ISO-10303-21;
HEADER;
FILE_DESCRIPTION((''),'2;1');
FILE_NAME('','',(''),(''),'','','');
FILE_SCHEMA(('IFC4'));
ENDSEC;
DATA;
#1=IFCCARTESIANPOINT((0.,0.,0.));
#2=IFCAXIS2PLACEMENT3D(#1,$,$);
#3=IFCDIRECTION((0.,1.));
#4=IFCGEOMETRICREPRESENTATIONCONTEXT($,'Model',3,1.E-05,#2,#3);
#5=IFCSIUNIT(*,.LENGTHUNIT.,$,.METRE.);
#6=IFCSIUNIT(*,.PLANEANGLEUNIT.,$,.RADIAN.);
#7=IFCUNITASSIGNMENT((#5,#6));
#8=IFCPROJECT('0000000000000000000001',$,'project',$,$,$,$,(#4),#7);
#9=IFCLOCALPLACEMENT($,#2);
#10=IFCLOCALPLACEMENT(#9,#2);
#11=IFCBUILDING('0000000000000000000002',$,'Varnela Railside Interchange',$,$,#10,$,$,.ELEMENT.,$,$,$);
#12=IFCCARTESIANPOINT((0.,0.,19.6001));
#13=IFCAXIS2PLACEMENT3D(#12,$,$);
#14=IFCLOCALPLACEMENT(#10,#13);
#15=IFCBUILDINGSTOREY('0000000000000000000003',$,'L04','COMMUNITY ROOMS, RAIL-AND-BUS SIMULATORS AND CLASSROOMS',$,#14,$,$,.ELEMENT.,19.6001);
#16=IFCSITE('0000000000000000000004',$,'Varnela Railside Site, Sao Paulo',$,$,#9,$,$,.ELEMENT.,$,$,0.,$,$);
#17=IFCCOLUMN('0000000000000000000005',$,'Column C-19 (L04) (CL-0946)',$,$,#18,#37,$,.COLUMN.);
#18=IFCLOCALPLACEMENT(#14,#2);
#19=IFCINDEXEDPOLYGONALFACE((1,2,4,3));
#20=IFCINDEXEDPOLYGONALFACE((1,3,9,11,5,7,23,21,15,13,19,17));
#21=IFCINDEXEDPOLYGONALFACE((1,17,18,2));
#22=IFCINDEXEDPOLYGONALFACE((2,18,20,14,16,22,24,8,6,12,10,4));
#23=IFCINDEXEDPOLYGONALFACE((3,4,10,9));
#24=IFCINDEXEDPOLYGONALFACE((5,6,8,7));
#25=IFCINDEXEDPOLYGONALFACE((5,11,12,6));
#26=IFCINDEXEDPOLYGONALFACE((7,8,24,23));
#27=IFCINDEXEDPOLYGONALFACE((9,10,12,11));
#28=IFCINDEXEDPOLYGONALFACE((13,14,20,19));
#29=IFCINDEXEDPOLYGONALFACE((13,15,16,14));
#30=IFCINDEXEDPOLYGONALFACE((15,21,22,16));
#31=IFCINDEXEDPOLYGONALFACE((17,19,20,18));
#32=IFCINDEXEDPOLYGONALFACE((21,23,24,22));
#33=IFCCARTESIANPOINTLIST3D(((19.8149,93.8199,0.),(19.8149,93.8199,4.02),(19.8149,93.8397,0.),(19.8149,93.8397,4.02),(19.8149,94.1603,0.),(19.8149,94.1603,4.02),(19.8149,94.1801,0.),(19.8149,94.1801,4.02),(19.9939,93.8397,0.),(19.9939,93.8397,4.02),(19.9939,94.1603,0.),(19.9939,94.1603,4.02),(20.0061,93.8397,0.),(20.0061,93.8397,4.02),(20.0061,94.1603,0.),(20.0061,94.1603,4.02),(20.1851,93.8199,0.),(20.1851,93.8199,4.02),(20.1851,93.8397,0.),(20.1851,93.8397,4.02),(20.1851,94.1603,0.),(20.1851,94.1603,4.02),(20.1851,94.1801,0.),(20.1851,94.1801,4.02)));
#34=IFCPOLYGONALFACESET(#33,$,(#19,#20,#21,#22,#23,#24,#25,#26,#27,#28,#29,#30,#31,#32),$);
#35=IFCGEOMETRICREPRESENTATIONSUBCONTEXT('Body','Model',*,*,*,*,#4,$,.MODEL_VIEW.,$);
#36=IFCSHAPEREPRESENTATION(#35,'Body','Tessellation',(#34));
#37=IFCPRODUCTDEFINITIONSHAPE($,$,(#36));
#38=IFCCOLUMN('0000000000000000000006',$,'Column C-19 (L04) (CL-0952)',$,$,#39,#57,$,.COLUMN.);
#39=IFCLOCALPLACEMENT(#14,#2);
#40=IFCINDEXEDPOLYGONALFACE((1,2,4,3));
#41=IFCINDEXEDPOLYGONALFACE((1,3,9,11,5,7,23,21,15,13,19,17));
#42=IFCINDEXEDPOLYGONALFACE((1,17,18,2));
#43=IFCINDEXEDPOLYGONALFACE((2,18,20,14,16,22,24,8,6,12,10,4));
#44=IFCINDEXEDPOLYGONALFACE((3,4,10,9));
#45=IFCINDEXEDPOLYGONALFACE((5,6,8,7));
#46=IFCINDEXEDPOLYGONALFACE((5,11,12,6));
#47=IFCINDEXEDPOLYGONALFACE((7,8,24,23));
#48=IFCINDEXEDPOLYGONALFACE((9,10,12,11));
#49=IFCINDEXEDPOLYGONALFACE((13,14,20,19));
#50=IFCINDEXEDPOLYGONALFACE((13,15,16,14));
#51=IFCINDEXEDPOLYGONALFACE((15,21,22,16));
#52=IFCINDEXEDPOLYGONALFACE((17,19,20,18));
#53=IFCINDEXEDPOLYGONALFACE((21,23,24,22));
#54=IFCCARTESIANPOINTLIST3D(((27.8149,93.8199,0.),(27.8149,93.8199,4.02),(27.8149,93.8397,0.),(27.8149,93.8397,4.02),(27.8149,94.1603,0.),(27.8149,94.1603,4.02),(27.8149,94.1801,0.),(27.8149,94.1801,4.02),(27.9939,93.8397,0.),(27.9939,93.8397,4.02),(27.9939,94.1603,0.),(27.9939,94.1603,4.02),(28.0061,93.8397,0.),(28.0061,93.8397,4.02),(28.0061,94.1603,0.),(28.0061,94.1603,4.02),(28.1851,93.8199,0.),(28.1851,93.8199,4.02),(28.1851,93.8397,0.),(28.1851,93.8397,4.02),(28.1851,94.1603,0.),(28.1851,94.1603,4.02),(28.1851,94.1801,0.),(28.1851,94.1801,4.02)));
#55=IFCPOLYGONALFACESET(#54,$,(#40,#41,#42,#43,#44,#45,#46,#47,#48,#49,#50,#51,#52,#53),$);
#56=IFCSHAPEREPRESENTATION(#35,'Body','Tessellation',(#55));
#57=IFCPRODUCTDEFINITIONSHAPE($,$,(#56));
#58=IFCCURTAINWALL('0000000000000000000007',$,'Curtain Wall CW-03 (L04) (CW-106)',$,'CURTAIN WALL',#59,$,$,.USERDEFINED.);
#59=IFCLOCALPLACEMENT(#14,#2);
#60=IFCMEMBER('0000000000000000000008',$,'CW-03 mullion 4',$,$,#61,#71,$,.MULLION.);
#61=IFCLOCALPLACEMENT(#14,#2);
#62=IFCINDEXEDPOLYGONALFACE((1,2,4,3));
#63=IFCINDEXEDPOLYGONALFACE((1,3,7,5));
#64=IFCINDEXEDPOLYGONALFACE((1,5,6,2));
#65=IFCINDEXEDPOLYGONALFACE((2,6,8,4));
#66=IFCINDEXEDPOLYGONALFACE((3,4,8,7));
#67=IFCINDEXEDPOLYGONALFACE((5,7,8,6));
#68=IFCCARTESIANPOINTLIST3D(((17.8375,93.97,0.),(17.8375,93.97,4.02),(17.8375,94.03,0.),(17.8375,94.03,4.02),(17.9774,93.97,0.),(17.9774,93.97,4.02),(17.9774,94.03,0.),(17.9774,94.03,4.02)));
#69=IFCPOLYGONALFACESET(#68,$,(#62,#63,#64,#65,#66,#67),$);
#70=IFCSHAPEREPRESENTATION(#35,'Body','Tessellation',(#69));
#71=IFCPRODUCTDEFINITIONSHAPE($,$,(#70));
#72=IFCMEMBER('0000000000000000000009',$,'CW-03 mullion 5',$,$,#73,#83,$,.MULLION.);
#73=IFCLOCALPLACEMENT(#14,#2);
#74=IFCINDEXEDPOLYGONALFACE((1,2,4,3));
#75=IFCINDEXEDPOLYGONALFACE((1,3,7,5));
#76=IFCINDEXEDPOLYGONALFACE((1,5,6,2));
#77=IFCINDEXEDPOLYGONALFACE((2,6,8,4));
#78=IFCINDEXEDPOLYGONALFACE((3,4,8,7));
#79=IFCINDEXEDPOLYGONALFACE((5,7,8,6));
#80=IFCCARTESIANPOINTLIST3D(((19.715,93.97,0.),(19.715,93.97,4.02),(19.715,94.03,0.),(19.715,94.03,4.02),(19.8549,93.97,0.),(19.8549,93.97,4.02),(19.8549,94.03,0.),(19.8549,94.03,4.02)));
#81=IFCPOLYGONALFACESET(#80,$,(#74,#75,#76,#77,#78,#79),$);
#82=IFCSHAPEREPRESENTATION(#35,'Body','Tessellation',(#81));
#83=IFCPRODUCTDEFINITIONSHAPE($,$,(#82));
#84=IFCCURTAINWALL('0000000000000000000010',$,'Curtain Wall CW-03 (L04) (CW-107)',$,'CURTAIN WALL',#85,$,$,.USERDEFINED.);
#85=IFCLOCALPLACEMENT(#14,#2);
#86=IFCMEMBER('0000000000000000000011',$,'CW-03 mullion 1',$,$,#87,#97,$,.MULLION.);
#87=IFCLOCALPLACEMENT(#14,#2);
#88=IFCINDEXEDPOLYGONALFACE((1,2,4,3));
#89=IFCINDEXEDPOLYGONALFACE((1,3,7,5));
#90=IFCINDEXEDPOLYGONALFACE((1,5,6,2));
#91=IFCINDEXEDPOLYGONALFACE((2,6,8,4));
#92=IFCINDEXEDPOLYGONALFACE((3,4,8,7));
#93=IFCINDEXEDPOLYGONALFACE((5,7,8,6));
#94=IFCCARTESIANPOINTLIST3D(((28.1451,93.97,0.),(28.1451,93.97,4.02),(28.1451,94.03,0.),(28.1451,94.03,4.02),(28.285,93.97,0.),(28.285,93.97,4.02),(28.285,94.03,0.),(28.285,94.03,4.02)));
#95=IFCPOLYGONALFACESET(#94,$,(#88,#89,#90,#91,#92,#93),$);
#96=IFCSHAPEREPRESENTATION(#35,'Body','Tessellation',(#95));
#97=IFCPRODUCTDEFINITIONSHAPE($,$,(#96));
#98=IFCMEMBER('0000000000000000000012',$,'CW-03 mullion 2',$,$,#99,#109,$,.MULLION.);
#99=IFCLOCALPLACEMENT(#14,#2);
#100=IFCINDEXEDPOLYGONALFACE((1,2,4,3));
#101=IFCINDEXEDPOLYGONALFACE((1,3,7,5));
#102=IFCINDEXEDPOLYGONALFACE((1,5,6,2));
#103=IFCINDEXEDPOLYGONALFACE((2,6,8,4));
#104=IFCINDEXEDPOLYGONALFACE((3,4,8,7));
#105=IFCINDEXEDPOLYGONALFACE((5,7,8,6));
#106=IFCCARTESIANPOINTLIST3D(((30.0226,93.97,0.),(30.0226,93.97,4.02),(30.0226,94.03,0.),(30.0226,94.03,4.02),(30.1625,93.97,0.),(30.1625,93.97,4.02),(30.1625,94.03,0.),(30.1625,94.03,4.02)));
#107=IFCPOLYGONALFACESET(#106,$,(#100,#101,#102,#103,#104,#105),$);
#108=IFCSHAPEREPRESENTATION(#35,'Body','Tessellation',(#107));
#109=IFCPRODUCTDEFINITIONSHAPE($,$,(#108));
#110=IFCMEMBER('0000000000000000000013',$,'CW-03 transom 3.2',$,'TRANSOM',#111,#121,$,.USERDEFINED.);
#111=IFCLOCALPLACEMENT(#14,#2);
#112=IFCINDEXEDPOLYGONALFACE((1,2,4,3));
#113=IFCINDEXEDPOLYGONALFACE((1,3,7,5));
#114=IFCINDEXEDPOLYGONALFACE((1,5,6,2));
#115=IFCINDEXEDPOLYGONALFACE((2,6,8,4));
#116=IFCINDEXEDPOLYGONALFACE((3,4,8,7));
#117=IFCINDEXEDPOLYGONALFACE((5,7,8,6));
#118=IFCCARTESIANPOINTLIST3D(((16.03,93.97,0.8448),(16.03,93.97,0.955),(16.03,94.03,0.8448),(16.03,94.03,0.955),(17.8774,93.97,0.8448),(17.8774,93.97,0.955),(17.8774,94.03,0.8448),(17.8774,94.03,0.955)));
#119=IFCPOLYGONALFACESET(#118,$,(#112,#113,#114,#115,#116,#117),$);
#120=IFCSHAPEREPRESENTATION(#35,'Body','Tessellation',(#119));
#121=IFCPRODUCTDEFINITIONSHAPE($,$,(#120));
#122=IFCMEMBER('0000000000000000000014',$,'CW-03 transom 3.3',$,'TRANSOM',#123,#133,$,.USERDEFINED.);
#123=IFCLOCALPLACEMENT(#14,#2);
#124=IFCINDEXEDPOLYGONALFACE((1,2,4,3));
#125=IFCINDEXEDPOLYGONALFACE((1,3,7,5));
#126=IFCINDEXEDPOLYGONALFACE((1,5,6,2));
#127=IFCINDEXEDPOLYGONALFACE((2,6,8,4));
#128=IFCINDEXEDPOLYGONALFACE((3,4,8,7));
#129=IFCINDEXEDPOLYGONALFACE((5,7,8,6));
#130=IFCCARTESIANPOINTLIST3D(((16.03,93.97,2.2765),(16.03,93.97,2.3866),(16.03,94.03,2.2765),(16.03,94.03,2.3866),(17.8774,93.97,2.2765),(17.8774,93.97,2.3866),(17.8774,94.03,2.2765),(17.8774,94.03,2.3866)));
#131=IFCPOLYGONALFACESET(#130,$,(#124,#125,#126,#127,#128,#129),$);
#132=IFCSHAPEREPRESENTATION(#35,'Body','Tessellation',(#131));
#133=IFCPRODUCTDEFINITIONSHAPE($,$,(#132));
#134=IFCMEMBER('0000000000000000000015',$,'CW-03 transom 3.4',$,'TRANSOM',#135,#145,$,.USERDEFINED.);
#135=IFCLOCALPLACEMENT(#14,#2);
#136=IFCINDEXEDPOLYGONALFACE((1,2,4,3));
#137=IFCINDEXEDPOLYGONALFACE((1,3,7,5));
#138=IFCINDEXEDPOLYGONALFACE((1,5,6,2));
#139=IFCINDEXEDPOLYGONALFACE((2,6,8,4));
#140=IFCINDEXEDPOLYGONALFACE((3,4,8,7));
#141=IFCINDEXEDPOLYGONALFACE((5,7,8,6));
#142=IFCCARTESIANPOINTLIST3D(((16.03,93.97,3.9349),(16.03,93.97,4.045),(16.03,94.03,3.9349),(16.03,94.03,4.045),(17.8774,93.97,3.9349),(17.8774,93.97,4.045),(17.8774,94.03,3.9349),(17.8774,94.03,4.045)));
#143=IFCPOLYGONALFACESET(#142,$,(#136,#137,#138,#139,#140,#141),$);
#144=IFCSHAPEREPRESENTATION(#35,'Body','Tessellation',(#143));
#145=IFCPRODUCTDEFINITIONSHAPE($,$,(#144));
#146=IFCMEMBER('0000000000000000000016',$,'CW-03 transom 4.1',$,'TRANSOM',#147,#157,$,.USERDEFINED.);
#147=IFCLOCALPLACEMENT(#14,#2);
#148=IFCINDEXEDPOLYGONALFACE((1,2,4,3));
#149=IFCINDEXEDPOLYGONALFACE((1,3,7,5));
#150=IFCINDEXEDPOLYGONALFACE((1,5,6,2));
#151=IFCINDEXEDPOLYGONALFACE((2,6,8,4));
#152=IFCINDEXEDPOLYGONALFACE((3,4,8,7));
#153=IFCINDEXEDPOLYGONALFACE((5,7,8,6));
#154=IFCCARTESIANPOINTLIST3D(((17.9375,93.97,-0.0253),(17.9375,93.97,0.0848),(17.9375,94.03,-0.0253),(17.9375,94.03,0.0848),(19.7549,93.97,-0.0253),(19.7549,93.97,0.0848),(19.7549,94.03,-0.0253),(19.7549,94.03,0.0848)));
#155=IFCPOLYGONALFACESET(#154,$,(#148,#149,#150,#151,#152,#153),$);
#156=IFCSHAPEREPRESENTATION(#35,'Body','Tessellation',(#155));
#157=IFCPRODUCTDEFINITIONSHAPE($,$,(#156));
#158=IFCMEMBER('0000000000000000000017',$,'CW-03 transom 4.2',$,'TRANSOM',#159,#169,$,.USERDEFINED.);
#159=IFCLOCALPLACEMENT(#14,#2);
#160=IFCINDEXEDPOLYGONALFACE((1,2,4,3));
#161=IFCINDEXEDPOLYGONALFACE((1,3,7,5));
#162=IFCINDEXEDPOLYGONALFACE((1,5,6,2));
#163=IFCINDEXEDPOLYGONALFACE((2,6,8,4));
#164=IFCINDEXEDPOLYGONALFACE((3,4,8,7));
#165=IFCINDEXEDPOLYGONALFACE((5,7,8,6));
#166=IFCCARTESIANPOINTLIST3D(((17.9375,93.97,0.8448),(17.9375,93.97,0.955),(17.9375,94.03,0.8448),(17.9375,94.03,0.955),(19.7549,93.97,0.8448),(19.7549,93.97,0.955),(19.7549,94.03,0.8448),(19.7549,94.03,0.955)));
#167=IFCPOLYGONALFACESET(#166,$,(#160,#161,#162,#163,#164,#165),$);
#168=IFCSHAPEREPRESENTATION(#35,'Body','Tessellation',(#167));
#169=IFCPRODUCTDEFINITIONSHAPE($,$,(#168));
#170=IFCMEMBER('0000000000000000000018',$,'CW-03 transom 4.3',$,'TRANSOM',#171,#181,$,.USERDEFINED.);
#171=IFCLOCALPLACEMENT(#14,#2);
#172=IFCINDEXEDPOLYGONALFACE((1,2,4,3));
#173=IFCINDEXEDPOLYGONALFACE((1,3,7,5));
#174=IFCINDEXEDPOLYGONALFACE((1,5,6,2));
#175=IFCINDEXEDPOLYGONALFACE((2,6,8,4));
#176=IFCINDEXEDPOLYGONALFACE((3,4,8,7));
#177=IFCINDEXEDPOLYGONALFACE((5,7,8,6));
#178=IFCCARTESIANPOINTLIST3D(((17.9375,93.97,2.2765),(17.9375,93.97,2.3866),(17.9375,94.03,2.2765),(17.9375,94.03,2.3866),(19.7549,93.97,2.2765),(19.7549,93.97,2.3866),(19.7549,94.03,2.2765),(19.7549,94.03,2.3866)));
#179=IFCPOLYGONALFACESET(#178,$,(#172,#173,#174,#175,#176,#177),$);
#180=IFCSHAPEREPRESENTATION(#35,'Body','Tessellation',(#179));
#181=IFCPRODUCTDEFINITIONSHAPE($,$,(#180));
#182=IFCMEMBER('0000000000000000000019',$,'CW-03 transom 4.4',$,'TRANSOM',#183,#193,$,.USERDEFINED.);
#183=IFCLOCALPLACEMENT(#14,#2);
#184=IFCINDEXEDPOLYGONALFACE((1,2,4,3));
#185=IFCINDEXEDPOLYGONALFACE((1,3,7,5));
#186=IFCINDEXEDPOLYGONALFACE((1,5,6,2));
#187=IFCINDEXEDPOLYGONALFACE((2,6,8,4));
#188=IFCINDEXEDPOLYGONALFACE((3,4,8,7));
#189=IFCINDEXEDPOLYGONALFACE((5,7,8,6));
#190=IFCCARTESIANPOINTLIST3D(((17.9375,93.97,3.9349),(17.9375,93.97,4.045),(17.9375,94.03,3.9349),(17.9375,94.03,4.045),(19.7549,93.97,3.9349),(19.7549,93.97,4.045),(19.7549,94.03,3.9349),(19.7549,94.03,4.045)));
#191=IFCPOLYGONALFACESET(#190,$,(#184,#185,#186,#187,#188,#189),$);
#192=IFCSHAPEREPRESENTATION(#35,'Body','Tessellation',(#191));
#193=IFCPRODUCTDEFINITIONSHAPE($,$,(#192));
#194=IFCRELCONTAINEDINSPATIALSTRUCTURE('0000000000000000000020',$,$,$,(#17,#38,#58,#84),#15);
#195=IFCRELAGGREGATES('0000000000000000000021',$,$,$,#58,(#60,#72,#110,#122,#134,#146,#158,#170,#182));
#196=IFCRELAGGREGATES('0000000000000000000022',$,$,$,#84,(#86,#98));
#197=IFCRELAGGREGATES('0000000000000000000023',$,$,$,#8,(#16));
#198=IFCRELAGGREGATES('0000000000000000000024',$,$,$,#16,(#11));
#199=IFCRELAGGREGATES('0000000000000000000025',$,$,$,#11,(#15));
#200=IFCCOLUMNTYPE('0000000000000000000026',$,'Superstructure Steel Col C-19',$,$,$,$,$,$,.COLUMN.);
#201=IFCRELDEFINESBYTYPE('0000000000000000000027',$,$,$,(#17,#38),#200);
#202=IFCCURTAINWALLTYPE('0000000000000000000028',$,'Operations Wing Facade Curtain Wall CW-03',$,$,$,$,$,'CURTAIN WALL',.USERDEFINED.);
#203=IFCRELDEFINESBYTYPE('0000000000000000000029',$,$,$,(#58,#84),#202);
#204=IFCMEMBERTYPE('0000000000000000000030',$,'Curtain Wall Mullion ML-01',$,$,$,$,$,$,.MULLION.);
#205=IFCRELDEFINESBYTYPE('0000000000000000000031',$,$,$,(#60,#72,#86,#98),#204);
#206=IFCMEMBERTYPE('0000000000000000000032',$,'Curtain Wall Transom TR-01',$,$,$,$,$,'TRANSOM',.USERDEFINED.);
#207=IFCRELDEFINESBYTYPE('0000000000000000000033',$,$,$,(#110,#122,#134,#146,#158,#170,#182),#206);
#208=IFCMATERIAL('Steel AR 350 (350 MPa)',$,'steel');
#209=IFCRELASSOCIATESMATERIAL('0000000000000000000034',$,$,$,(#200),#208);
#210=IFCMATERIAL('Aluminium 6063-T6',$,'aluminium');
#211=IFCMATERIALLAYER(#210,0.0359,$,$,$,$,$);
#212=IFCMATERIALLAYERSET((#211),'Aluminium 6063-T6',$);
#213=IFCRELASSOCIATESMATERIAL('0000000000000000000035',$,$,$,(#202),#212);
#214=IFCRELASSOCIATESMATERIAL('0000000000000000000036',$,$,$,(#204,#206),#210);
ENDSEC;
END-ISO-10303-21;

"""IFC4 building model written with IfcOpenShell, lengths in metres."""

from ifc_helpers import new_model, si_unit, direction, frame, origin, origin_2d, place, context, subcontext, project, spatial, rectangle, i_section, extrude, material, layer, layer_set, material_profile, profile_set, type_object, element, aggregate, save


model = new_model("IFC4")

# Units and contexts
model_context = context("Model", 3, precision=1e-05, world=origin(), true_north=direction((0.0, 1.0)))
body_context = subcontext(model_context, "Body", "Model", "MODEL_VIEW")
ifc_project = project(units=[si_unit("LENGTHUNIT", "METRE"), si_unit("PLANEANGLEUNIT", "RADIAN")], contexts=[model_context])

# Site, building, storey
site_placement = place(None, origin())
site = spatial("IfcSite", under=ifc_project, at=site_placement, Name="Varnela Railside Site, Sao Paulo", CompositionType="ELEMENT", RefElevation=0.0)
building_placement = place(site_placement, origin())
building = spatial("IfcBuilding", under=site, at=building_placement, Name="Varnela Railside Interchange", CompositionType="ELEMENT")
storey_placement = place(building_placement, frame((0.0, 0.0, 19.6001)))
storey = spatial("IfcBuildingStorey", under=building, at=storey_placement, Name="L04", Description="COMMUNITY ROOMS, RAIL-AND-BUS SIMULATORS AND CLASSROOMS", CompositionType="ELEMENT", Elevation=19.6001)

# Columns
ifc_material_1 = material(Name="Steel AR 350 (350 MPa)", Category="steel")
ifc_material_profile_1 = material_profile(ifc_material_1, i_section(OverallWidth=0.3701, OverallDepth=0.3601, WebThickness=0.0122, FlangeThickness=0.0198, at=origin_2d()), Name="W360x147")
ifc_profile_set_1 = profile_set([ifc_material_profile_1], Name="Steel AR 350 (350 MPa)")
column_type = type_object("IfcColumnType", Name="Superstructure Steel Col C-19", PredefinedType="COLUMN", material=ifc_profile_set_1)
for number, where, z_axis, x_axis, name in (
    (1, (20.0, 94.0, 0.0), (0.0, 0.0, 1.0), (1.0, 0.0, 0.0), "Column C-19 (L04) (CL-0946)"),
    (2, (28.0, 94.0, 0.0), (0.0, 0.0, 1.0), (1.0, 0.0, 0.0), "Column C-19 (L04) (CL-0952)"),
):
    element("IfcColumn", number, at=place(storey_placement, frame(where, z_axis=z_axis, x_axis=x_axis)), inside=storey, type_object=column_type, Name=name, PredefinedType="COLUMN", context=body_context, shape_type="SweptSolid", body=[
        extrude(i_section(OverallWidth=0.3701, OverallDepth=0.3601, WebThickness=0.0122, FlangeThickness=0.0198, at=origin_2d()), origin(), (0.0, 0.0, 1.0), 4.02),
    ])

# Curtain walls, members
ifc_material_2 = material(Name="Aluminium 6063-T6", Category="aluminium")
ifc_layer_1 = layer(ifc_material_2, 0.0359)
ifc_layer_set_1 = layer_set([ifc_layer_1], Name="Aluminium 6063-T6")
curtain_wall_type = type_object("IfcCurtainWallType", Name="Operations Wing Facade Curtain Wall CW-03", ElementType="CURTAIN WALL", PredefinedType="USERDEFINED", material=ifc_layer_set_1)
curtain_wall_1_placement = place(storey_placement, origin())
curtain_wall_1 = element("IfcCurtainWall", 3, at=curtain_wall_1_placement, inside=storey, type_object=curtain_wall_type, Name="Curtain Wall CW-03 (L04) (CW-106)", ObjectType="CURTAIN WALL", PredefinedType="USERDEFINED")
ifc_material_profile_2 = material_profile(ifc_material_2, rectangle(XDim=0.0601, YDim=0.1399, at=origin_2d()), Name="ALU 60x140")
ifc_profile_set_2 = profile_set([ifc_material_profile_2], Name="Aluminium 6063-T6")
member_type_1 = type_object("IfcMemberType", Name="Curtain Wall Mullion ML-01", PredefinedType="MULLION", material=ifc_profile_set_2)
member_1_placement = place(storey_placement, frame((17.9075, 94.0, 0.0), z_axis=(0.0, 0.0, 1.0), x_axis=(0.0, 1.0, 0.0)))
member_1 = element("IfcMember", 4, at=member_1_placement, type_object=member_type_1, Name="CW-03 mullion 4", PredefinedType="MULLION", context=body_context, shape_type="SweptSolid", body=[
    extrude(rectangle(XDim=0.0601, YDim=0.1399, at=origin_2d()), origin(), (0.0, 0.0, 1.0), 4.02),
])
member_2_placement = place(storey_placement, frame((19.7849, 94.0, 0.0), z_axis=(0.0, 0.0, 1.0), x_axis=(0.0, 1.0, 0.0)))
member_2 = element("IfcMember", 5, at=member_2_placement, type_object=member_type_1, Name="CW-03 mullion 5", PredefinedType="MULLION", context=body_context, shape_type="SweptSolid", body=[
    extrude(rectangle(XDim=0.0601, YDim=0.1399, at=origin_2d()), origin(), (0.0, 0.0, 1.0), 4.02),
])
curtain_wall_2_placement = place(storey_placement, origin())
curtain_wall_2 = element("IfcCurtainWall", 6, at=curtain_wall_2_placement, inside=storey, type_object=curtain_wall_type, Name="Curtain Wall CW-03 (L04) (CW-107)", ObjectType="CURTAIN WALL", PredefinedType="USERDEFINED")
member_3_placement = place(storey_placement, frame((28.2151, 94.0, 0.0), z_axis=(0.0, 0.0, 1.0), x_axis=(0.0, 1.0, 0.0)))
member_3 = element("IfcMember", 7, at=member_3_placement, type_object=member_type_1, Name="CW-03 mullion 1", PredefinedType="MULLION", context=body_context, shape_type="SweptSolid", body=[
    extrude(rectangle(XDim=0.0601, YDim=0.1399, at=origin_2d()), origin(), (0.0, 0.0, 1.0), 4.02),
])
member_4_placement = place(storey_placement, frame((30.0925, 94.0, 0.0), z_axis=(0.0, 0.0, 1.0), x_axis=(0.0, 1.0, 0.0)))
member_4 = element("IfcMember", 8, at=member_4_placement, type_object=member_type_1, Name="CW-03 mullion 2", PredefinedType="MULLION", context=body_context, shape_type="SweptSolid", body=[
    extrude(rectangle(XDim=0.0601, YDim=0.1399, at=origin_2d()), origin(), (0.0, 0.0, 1.0), 4.02),
])

# Members
ifc_material_profile_3 = material_profile(ifc_material_2, rectangle(XDim=0.0601, YDim=0.1101, at=origin_2d()), Name="ALU 60x110")
ifc_profile_set_3 = profile_set([ifc_material_profile_3], Name="Aluminium 6063-T6")
member_type_2 = type_object("IfcMemberType", Name="Curtain Wall Transom TR-01", ElementType="TRANSOM", PredefinedType="USERDEFINED", material=ifc_profile_set_3)
member_5_placement = place(storey_placement, frame((16.03, 94.0, 0.8999), z_axis=(1.0, 0.0, 0.0), x_axis=(0.0, 1.0, 0.0)))
member_5 = element("IfcMember", 9, at=member_5_placement, type_object=member_type_2, Name="CW-03 transom 3.2", ObjectType="TRANSOM", PredefinedType="USERDEFINED", context=body_context, shape_type="SweptSolid", body=[
    extrude(rectangle(XDim=0.0601, YDim=0.1101, at=origin_2d()), origin(), (0.0, 0.0, 1.0), 1.8474),
])
member_6_placement = place(storey_placement, frame((16.03, 94.0, 2.3315), z_axis=(1.0, 0.0, 0.0), x_axis=(0.0, 1.0, 0.0)))
member_6 = element("IfcMember", 10, at=member_6_placement, type_object=member_type_2, Name="CW-03 transom 3.3", ObjectType="TRANSOM", PredefinedType="USERDEFINED", context=body_context, shape_type="SweptSolid", body=[
    extrude(rectangle(XDim=0.0601, YDim=0.1101, at=origin_2d()), origin(), (0.0, 0.0, 1.0), 1.8474),
])
member_7_placement = place(storey_placement, frame((16.03, 94.0, 3.99), z_axis=(1.0, 0.0, 0.0), x_axis=(0.0, 1.0, 0.0)))
member_7 = element("IfcMember", 11, at=member_7_placement, type_object=member_type_2, Name="CW-03 transom 3.4", ObjectType="TRANSOM", PredefinedType="USERDEFINED", context=body_context, shape_type="SweptSolid", body=[
    extrude(rectangle(XDim=0.0601, YDim=0.1101, at=origin_2d()), origin(), (0.0, 0.0, 1.0), 1.8474),
])
member_8_placement = place(storey_placement, frame((17.9375, 94.0, 0.0298), z_axis=(1.0, 0.0, 0.0), x_axis=(0.0, 1.0, 0.0)))
member_8 = element("IfcMember", 12, at=member_8_placement, type_object=member_type_2, Name="CW-03 transom 4.1", ObjectType="TRANSOM", PredefinedType="USERDEFINED", context=body_context, shape_type="SweptSolid", body=[
    extrude(rectangle(XDim=0.0601, YDim=0.1101, at=origin_2d()), origin(), (0.0, 0.0, 1.0), 1.8174),
])
member_9_placement = place(storey_placement, frame((17.9375, 94.0, 0.8999), z_axis=(1.0, 0.0, 0.0), x_axis=(0.0, 1.0, 0.0)))
member_9 = element("IfcMember", 13, at=member_9_placement, type_object=member_type_2, Name="CW-03 transom 4.2", ObjectType="TRANSOM", PredefinedType="USERDEFINED", context=body_context, shape_type="SweptSolid", body=[
    extrude(rectangle(XDim=0.0601, YDim=0.1101, at=origin_2d()), origin(), (0.0, 0.0, 1.0), 1.8174),
])
member_10_placement = place(storey_placement, frame((17.9375, 94.0, 2.3315), z_axis=(1.0, 0.0, 0.0), x_axis=(0.0, 1.0, 0.0)))
member_10 = element("IfcMember", 14, at=member_10_placement, type_object=member_type_2, Name="CW-03 transom 4.3", ObjectType="TRANSOM", PredefinedType="USERDEFINED", context=body_context, shape_type="SweptSolid", body=[
    extrude(rectangle(XDim=0.0601, YDim=0.1101, at=origin_2d()), origin(), (0.0, 0.0, 1.0), 1.8174),
])
member_11_placement = place(storey_placement, frame((17.9375, 94.0, 3.99), z_axis=(1.0, 0.0, 0.0), x_axis=(0.0, 1.0, 0.0)))
member_11 = element("IfcMember", 15, at=member_11_placement, type_object=member_type_2, Name="CW-03 transom 4.4", ObjectType="TRANSOM", PredefinedType="USERDEFINED", context=body_context, shape_type="SweptSolid", body=[
    extrude(rectangle(XDim=0.0601, YDim=0.1101, at=origin_2d()), origin(), (0.0, 0.0, 1.0), 1.8174),
])

aggregate(curtain_wall_1, [member_1, member_2, member_5, member_6, member_7, member_8, member_9, member_10, member_11])
aggregate(curtain_wall_2, [member_3, member_4])

save(model, "model.ifc")
